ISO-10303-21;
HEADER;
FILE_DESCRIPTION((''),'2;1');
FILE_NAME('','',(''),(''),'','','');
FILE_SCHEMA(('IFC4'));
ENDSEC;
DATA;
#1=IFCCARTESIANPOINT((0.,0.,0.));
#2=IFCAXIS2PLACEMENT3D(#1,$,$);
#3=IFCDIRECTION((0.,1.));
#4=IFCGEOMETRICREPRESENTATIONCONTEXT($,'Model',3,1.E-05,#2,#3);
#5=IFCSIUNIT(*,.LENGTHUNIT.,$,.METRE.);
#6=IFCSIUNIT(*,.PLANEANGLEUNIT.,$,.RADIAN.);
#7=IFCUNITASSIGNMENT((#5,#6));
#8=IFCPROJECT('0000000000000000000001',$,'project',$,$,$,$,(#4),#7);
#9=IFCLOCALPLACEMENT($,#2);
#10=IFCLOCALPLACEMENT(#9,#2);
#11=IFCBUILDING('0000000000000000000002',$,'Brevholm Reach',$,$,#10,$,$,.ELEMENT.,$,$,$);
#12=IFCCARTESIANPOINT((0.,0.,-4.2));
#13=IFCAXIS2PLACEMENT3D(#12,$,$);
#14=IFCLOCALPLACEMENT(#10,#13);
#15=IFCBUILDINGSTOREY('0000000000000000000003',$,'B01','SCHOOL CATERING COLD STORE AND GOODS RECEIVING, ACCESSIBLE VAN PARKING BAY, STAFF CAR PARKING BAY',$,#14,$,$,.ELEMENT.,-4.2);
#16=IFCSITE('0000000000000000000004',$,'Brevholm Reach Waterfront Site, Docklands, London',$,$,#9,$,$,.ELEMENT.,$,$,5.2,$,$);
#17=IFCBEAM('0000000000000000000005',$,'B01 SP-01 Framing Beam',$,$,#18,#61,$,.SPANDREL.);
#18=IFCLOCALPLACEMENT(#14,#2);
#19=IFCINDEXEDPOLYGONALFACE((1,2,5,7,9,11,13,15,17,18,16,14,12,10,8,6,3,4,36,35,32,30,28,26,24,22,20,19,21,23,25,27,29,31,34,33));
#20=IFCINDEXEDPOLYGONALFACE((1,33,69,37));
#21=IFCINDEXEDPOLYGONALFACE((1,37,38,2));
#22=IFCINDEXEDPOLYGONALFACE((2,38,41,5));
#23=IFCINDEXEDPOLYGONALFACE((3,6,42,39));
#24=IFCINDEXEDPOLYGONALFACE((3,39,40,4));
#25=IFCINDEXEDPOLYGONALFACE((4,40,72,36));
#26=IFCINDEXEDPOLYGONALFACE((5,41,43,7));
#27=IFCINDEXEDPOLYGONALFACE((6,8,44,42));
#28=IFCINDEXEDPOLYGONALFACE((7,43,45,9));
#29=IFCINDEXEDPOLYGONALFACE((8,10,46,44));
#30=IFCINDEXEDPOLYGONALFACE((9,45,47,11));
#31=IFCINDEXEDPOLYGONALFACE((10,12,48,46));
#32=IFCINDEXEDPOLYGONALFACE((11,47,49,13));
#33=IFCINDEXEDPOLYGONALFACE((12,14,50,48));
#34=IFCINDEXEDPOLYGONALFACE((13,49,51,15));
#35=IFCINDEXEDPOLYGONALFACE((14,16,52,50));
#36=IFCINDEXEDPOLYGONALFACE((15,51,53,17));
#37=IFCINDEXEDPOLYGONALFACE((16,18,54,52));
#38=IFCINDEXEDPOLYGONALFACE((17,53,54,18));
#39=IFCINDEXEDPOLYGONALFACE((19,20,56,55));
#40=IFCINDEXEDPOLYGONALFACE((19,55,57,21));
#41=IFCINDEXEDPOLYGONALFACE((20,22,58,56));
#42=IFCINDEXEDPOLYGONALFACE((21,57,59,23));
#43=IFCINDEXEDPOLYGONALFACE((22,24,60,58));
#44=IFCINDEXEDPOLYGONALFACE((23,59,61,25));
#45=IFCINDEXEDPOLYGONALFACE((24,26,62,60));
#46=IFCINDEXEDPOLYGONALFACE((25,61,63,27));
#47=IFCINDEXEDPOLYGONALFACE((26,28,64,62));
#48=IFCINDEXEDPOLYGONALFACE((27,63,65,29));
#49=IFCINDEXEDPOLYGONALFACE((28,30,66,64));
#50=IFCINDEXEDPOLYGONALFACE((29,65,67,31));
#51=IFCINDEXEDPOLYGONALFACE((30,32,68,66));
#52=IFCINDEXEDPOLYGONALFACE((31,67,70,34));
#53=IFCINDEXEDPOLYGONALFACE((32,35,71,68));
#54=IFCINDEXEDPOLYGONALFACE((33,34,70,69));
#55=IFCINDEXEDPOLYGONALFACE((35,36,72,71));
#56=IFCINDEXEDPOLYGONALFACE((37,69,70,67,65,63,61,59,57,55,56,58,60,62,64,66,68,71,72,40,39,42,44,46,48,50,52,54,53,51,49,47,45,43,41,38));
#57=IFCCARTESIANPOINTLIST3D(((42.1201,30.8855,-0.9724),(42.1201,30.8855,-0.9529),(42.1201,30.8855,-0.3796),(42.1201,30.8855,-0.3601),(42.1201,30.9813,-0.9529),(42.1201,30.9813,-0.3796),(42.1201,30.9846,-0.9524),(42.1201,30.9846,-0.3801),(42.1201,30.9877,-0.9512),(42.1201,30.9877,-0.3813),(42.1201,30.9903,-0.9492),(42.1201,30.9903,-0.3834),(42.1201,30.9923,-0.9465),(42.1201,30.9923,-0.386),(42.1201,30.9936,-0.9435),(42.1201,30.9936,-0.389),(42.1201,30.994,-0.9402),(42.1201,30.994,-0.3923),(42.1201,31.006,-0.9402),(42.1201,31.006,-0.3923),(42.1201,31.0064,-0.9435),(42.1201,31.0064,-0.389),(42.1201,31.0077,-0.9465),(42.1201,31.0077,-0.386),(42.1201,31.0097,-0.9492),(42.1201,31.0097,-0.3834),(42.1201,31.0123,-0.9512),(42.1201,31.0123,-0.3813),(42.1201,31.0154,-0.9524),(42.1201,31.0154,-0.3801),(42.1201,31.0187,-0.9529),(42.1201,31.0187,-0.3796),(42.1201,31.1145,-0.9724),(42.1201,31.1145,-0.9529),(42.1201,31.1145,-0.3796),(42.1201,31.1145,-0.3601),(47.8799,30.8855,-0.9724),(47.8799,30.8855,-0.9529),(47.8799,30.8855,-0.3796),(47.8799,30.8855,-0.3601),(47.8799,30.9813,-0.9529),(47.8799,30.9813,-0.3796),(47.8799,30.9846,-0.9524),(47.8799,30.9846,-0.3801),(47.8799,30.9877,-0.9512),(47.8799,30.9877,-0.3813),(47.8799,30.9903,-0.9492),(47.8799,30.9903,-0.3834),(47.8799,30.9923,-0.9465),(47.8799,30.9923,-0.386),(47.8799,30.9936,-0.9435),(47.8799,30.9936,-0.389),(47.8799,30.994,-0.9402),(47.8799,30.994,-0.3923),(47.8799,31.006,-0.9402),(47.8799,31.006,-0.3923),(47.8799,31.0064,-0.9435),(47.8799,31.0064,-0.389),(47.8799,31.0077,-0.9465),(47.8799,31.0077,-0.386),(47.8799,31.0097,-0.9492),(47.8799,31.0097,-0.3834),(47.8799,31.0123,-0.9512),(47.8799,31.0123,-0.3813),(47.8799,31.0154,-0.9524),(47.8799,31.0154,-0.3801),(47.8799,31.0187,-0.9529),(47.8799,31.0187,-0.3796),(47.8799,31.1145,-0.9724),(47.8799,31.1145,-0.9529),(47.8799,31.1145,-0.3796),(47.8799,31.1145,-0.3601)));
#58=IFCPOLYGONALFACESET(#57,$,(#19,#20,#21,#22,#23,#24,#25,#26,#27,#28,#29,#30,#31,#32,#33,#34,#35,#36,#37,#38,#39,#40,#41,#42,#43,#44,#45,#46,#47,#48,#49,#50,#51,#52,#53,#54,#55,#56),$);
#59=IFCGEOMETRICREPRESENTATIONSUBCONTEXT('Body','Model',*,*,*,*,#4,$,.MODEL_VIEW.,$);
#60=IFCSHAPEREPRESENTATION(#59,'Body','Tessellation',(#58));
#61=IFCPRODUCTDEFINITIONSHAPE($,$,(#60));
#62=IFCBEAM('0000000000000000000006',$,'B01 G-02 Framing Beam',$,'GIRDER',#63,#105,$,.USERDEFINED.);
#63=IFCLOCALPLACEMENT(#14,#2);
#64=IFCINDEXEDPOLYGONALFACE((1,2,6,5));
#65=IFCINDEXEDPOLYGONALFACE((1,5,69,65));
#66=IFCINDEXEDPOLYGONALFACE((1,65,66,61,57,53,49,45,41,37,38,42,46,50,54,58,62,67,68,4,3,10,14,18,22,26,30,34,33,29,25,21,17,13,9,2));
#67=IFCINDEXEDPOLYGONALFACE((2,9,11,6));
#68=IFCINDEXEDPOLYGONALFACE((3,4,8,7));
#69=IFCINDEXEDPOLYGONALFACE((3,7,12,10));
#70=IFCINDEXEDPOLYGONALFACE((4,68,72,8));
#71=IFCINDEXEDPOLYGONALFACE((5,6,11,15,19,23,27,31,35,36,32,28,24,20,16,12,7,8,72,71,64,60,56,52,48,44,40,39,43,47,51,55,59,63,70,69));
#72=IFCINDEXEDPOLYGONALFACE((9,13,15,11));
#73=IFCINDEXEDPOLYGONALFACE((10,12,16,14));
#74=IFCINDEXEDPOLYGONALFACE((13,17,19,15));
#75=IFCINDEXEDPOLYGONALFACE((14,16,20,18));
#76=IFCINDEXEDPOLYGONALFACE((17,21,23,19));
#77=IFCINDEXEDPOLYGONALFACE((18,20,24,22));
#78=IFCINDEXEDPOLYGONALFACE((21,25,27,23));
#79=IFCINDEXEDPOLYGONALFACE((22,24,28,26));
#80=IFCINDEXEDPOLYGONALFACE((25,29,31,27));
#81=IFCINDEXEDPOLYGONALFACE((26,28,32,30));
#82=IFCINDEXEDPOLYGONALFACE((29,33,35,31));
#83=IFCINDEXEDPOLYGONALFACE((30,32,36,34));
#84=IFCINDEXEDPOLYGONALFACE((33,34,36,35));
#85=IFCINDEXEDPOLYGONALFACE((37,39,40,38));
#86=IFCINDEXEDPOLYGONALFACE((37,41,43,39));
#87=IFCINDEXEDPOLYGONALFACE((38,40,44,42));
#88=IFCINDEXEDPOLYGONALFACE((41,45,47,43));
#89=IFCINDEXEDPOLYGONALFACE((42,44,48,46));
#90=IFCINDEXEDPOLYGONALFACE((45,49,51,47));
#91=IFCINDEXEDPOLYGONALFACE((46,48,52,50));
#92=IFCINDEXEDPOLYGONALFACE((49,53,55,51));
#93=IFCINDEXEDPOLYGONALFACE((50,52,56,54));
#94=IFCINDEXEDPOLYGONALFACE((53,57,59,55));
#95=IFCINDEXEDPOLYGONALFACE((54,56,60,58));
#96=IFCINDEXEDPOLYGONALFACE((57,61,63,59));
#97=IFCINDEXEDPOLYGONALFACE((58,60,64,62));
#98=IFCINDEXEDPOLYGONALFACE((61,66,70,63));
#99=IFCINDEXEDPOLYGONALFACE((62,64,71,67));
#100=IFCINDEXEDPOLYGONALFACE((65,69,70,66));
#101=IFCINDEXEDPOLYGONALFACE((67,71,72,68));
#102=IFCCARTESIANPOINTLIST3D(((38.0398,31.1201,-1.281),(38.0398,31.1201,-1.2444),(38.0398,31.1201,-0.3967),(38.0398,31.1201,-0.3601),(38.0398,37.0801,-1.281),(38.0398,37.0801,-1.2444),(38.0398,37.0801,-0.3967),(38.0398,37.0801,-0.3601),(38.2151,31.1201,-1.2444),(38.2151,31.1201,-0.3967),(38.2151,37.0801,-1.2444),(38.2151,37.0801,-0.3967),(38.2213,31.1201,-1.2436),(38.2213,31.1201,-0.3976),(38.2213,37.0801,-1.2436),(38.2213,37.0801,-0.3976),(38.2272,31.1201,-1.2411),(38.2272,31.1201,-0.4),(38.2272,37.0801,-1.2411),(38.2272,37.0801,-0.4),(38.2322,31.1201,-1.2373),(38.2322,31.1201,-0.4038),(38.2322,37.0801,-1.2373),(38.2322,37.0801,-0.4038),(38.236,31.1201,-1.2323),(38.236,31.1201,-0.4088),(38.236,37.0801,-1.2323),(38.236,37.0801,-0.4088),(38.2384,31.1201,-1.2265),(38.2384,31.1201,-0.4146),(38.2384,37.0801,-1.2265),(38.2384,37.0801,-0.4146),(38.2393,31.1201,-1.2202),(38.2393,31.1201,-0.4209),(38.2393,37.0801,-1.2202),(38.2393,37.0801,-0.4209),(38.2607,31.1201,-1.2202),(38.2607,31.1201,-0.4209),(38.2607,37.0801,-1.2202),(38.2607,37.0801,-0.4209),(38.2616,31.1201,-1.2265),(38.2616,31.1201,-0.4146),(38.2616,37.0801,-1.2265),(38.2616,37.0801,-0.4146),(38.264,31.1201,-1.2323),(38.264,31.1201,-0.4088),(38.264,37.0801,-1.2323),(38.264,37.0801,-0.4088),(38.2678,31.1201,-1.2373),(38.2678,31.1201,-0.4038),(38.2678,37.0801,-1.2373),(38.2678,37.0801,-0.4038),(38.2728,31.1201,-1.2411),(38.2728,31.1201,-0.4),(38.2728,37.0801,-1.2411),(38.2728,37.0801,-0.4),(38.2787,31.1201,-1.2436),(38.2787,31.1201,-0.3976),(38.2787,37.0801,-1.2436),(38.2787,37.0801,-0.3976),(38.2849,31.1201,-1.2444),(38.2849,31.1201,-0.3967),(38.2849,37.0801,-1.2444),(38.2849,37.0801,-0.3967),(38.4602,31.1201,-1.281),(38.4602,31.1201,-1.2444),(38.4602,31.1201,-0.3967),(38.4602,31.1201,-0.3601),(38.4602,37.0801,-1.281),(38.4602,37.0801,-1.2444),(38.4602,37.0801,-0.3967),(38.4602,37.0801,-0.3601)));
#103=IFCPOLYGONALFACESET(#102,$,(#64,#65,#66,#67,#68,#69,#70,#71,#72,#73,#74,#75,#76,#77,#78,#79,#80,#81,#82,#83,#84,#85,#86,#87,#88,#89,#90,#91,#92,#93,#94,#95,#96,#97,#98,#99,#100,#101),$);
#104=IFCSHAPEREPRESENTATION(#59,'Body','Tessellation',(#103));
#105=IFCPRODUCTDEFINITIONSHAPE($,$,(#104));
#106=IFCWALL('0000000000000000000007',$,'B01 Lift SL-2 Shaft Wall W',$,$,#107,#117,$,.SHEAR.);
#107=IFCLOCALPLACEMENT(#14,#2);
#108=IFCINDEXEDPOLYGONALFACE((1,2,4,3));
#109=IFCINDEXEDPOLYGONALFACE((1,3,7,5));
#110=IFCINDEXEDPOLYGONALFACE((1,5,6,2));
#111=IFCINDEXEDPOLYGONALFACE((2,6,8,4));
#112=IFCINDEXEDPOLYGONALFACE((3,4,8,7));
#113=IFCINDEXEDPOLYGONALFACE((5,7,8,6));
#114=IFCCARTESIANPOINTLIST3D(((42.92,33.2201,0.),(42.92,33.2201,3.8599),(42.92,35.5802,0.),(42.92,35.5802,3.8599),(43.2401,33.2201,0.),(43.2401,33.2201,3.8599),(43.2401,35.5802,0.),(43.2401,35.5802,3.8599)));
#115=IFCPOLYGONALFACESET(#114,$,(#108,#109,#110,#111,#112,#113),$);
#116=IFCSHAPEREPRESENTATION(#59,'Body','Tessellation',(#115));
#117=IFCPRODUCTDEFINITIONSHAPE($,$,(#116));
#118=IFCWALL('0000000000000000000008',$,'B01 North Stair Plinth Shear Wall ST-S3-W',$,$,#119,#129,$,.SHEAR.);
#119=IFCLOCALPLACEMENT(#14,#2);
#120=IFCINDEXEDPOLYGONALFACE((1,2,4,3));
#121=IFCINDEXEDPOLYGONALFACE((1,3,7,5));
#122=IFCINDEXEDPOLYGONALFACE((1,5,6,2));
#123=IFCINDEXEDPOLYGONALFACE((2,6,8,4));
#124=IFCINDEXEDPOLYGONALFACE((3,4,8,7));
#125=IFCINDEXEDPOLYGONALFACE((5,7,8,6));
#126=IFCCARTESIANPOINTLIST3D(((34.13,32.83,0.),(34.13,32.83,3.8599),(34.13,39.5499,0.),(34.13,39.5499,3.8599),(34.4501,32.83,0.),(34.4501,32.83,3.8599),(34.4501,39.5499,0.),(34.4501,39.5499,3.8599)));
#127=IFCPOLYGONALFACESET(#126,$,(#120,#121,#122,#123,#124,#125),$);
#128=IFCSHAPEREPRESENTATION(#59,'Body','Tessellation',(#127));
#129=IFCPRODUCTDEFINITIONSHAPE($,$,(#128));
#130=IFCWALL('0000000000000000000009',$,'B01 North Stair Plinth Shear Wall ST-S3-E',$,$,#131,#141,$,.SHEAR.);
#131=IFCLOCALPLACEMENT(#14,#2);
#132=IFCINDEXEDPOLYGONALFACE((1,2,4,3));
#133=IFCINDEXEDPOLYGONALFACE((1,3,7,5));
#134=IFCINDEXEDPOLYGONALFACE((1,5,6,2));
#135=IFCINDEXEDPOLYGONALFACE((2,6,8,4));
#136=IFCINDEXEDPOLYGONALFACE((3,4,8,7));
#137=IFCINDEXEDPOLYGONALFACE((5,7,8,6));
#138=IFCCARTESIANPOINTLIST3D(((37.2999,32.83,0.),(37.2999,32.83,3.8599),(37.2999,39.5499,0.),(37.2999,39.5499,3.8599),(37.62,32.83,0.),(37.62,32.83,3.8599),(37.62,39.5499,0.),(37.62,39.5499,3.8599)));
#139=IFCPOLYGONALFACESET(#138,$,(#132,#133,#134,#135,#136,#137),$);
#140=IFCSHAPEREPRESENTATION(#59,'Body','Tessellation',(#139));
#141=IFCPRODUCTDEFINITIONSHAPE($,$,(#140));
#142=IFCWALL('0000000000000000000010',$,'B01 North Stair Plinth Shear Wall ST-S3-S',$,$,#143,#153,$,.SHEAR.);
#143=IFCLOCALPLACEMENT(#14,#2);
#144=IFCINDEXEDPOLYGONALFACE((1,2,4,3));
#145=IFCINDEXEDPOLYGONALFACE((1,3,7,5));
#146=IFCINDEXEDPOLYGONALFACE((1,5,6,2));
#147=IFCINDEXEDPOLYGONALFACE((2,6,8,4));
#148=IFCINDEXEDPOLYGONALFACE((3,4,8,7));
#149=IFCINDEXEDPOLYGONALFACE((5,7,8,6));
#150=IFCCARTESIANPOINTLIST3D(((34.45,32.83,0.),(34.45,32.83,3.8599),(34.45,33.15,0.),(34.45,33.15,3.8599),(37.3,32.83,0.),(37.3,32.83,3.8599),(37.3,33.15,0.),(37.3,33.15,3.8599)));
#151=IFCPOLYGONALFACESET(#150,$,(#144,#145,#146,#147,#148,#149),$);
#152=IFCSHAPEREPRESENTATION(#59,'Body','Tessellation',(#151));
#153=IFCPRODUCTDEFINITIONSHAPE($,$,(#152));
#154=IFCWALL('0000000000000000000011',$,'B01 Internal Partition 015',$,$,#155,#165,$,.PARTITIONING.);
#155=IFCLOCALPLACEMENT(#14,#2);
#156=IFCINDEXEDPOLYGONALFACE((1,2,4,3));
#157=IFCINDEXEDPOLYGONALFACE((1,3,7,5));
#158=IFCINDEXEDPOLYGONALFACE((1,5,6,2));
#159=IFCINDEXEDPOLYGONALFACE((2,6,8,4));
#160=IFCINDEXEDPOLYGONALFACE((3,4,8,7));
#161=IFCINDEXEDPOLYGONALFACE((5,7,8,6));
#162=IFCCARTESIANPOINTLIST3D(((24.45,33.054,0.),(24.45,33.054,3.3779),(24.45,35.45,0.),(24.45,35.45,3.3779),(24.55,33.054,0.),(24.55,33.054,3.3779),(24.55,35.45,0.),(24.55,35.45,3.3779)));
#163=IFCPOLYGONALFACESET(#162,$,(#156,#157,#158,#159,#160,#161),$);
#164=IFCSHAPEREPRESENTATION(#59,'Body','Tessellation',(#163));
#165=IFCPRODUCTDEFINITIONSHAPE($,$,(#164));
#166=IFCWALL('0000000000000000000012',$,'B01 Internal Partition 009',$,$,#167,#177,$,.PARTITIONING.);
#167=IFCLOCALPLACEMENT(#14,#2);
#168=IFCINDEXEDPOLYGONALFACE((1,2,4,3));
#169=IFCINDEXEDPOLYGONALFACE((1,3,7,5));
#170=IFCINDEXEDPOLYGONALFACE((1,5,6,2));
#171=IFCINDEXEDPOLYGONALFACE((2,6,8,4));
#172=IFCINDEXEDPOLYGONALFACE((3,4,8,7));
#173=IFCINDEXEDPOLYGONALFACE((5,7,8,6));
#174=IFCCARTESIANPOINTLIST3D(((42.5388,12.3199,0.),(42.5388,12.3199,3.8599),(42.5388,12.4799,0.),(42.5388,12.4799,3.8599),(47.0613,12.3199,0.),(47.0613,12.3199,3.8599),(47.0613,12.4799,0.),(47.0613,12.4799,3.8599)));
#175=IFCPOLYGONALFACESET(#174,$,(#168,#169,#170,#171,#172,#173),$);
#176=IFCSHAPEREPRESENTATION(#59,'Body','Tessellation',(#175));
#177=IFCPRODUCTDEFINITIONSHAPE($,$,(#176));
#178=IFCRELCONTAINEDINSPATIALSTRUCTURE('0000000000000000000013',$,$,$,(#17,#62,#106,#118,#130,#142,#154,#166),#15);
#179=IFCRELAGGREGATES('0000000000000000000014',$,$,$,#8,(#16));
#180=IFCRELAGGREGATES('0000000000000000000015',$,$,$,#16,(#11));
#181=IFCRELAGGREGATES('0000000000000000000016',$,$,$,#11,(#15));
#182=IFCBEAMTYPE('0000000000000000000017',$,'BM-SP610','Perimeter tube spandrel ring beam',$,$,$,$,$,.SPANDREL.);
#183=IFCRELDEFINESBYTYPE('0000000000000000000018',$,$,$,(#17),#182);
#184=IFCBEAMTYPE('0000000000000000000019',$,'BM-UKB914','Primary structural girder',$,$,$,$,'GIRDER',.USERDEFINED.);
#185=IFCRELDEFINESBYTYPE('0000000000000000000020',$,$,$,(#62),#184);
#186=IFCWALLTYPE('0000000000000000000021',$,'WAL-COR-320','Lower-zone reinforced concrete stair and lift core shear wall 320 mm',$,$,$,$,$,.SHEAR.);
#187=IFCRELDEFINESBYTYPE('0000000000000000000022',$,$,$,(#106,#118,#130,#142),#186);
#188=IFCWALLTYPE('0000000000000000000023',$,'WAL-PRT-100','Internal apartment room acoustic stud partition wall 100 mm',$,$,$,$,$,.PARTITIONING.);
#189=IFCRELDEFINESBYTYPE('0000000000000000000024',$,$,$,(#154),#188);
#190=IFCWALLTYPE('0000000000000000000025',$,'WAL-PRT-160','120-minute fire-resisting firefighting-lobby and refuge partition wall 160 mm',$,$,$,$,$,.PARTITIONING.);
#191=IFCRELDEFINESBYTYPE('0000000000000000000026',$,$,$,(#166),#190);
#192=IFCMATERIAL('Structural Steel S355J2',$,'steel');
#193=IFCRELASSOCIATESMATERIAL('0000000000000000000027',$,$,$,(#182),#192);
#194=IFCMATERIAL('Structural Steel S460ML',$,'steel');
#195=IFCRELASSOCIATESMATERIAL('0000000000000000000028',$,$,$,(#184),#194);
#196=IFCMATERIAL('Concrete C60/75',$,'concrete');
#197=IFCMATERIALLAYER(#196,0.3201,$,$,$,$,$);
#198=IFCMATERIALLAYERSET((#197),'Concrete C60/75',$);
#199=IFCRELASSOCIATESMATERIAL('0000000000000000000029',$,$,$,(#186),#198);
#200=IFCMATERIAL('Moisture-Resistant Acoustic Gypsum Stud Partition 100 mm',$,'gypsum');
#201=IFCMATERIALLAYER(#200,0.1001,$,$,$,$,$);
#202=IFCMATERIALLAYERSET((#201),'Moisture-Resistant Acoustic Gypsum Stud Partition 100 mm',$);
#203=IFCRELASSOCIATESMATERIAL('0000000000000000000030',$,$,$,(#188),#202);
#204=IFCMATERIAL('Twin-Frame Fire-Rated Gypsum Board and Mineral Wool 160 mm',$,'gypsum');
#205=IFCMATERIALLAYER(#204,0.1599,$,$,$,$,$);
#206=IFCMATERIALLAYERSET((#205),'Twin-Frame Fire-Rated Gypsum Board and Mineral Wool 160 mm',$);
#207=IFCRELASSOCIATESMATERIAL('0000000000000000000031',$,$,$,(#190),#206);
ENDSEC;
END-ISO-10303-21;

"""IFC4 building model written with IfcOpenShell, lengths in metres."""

from ifc_helpers import new_model, si_unit, direction, frame, frame_2d, origin, origin_2d, place, context, subcontext, project, spatial, rectangle, i_section, extrude, material, layer, layer_set, material_profile, profile_set, type_object, element, save


model = new_model("IFC4")

# Units and contexts
model_context = context("Model", 3, precision=1e-05, world=origin(), true_north=direction((0.0, 1.0)))
body_context = subcontext(model_context, "Body", "Model", "MODEL_VIEW")
ifc_project = project(units=[si_unit("LENGTHUNIT", "METRE"), si_unit("PLANEANGLEUNIT", "RADIAN")], contexts=[model_context])

# Site, building, storey
site_placement = place(None, origin())
site = spatial("IfcSite", under=ifc_project, at=site_placement, Name="Brevholm Reach Waterfront Site, Docklands, London", CompositionType="ELEMENT", RefElevation=5.2)
building_placement = place(site_placement, origin())
building = spatial("IfcBuilding", under=site, at=building_placement, Name="Brevholm Reach", CompositionType="ELEMENT")
storey_placement = place(building_placement, frame((0.0, 0.0, -4.2)))
storey = spatial("IfcBuildingStorey", under=building, at=storey_placement, Name="B01", Description="SCHOOL CATERING COLD STORE AND GOODS RECEIVING, ACCESSIBLE VAN PARKING BAY, STAFF CAR PARKING BAY", CompositionType="ELEMENT", Elevation=-4.2)

# Beams
ifc_material_1 = material(Name="Structural Steel S355J2", Category="steel")
ifc_material_profile_1 = material_profile(ifc_material_1, i_section(OverallWidth=0.229, OverallDepth=0.6123, WebThickness=0.012, FlangeThickness=0.0195, FilletRadius=0.0127, at=origin_2d()), Name="UKB 610x229x125")
ifc_profile_set_1 = profile_set([ifc_material_profile_1], Name="Structural Steel S355J2")
beam_type_1 = type_object("IfcBeamType", Name="BM-SP610", Description="Perimeter tube spandrel ring beam", PredefinedType="SPANDREL", material=ifc_profile_set_1)
beam_1_placement = place(storey_placement, frame((42.1201, 31.0, -0.6663), z_axis=(1.0, 0.0, 0.0), x_axis=(0.0, 1.0, 0.0)))
element("IfcBeam", 1, at=beam_1_placement, inside=storey, type_object=beam_type_1, Name="B01 SP-01 Framing Beam", PredefinedType="SPANDREL", context=body_context, shape_type="SweptSolid", body=[
    extrude(i_section(OverallWidth=0.229, OverallDepth=0.6123, WebThickness=0.012, FlangeThickness=0.0195, FilletRadius=0.0127, at=origin_2d()), origin(), (0.0, 0.0, 1.0), 5.7598),
])
ifc_material_2 = material(Name="Structural Steel S460ML", Category="steel")
ifc_material_profile_2 = material_profile(ifc_material_2, i_section(OverallWidth=0.4204, OverallDepth=0.9209, WebThickness=0.0215, FlangeThickness=0.0366, FilletRadius=0.0242, at=origin_2d()), Name="UKB 914x419x388")
ifc_profile_set_2 = profile_set([ifc_material_profile_2], Name="Structural Steel S460ML")
beam_type_2 = type_object("IfcBeamType", Name="BM-UKB914", Description="Primary structural girder", ElementType="GIRDER", PredefinedType="USERDEFINED", material=ifc_profile_set_2)
beam_2_placement = place(storey_placement, frame((38.25, 31.1201, -0.8206), z_axis=(0.0, 1.0, 0.0), x_axis=(-1.0, 0.0, 0.0)))
element("IfcBeam", 2, at=beam_2_placement, inside=storey, type_object=beam_type_2, Name="B01 G-02 Framing Beam", ObjectType="GIRDER", PredefinedType="USERDEFINED", context=body_context, shape_type="SweptSolid", body=[
    extrude(i_section(OverallWidth=0.4204, OverallDepth=0.9209, WebThickness=0.0215, FlangeThickness=0.0366, FilletRadius=0.0242, at=origin_2d()), origin(), (0.0, 0.0, 1.0), 5.96),
])

# Walls
ifc_material_3 = material(Name="Concrete C60/75", Category="concrete")
ifc_layer_1 = layer(ifc_material_3, 0.3201)
ifc_layer_set_1 = layer_set([ifc_layer_1], Name="Concrete C60/75")
wall_type_1 = type_object("IfcWallType", Name="WAL-COR-320", Description="Lower-zone reinforced concrete stair and lift core shear wall 320 mm", PredefinedType="SHEAR", material=ifc_layer_set_1)
wall_1_placement = place(storey_placement, frame((43.0801, 33.22, 0.0), z_axis=(0.0, 0.0, 1.0), x_axis=(0.0, 1.0, 0.0)))
element("IfcWall", 3, at=wall_1_placement, inside=storey, type_object=wall_type_1, Name="B01 Lift SL-2 Shaft Wall W", PredefinedType="SHEAR", context=body_context, shape_type="SweptSolid", body=[
    extrude(rectangle(XDim=2.3601, YDim=0.3201, at=frame_2d((1.1802, 0.0))), origin(), (0.0, 0.0, 1.0), 3.8599),
])
for number, where, z_axis, x_axis, name in (
    (4, (34.29, 32.8301, 0.0), (0.0, 0.0, 1.0), (0.0, 1.0, 0.0), "B01 North Stair Plinth Shear Wall ST-S3-W"),
    (5, (37.46, 32.8301, 0.0), (0.0, 0.0, 1.0), (0.0, 1.0, 0.0), "B01 North Stair Plinth Shear Wall ST-S3-E"),
):
    element("IfcWall", number, at=place(storey_placement, frame(where, z_axis=z_axis, x_axis=x_axis)), inside=storey, type_object=wall_type_1, Name=name, PredefinedType="SHEAR", context=body_context, shape_type="SweptSolid", body=[
        extrude(rectangle(XDim=6.72, YDim=0.3201, at=frame_2d((3.3599, 0.0))), origin(), (0.0, 0.0, 1.0), 3.8599),
    ])
wall_2_placement = place(storey_placement, frame((34.45, 32.99, 0.0), z_axis=(0.0, 0.0, 1.0), x_axis=(1.0, 0.0, 0.0)))
element("IfcWall", 6, at=wall_2_placement, inside=storey, type_object=wall_type_1, Name="B01 North Stair Plinth Shear Wall ST-S3-S", PredefinedType="SHEAR", context=body_context, shape_type="SweptSolid", body=[
    extrude(rectangle(XDim=2.8501, YDim=0.3201, at=frame_2d((1.425, 0.0))), origin(), (0.0, 0.0, 1.0), 3.8599),
])
ifc_material_4 = material(Name="Moisture-Resistant Acoustic Gypsum Stud Partition 100 mm", Category="gypsum")
ifc_layer_2 = layer(ifc_material_4, 0.1001)
ifc_layer_set_2 = layer_set([ifc_layer_2], Name="Moisture-Resistant Acoustic Gypsum Stud Partition 100 mm")
wall_type_2 = type_object("IfcWallType", Name="WAL-PRT-100", Description="Internal apartment room acoustic stud partition wall 100 mm", PredefinedType="PARTITIONING", material=ifc_layer_set_2)
wall_3_placement = place(storey_placement, frame((24.5, 33.054, 0.0), z_axis=(0.0, 0.0, 1.0), x_axis=(0.0, 1.0, 0.0)))
element("IfcWall", 7, at=wall_3_placement, inside=storey, type_object=wall_type_2, Name="B01 Internal Partition 015", PredefinedType="PARTITIONING", context=body_context, shape_type="SweptSolid", body=[
    extrude(rectangle(XDim=2.396, YDim=0.1001, at=frame_2d((1.198, 0.0))), origin(), (0.0, 0.0, 1.0), 3.3779),
])
ifc_material_5 = material(Name="Twin-Frame Fire-Rated Gypsum Board and Mineral Wool 160 mm", Category="gypsum")
ifc_layer_3 = layer(ifc_material_5, 0.1599)
ifc_layer_set_3 = layer_set([ifc_layer_3], Name="Twin-Frame Fire-Rated Gypsum Board and Mineral Wool 160 mm")
wall_type_3 = type_object("IfcWallType", Name="WAL-PRT-160", Description="120-minute fire-resisting firefighting-lobby and refuge partition wall 160 mm", PredefinedType="PARTITIONING", material=ifc_layer_set_3)
wall_4_placement = place(storey_placement, frame((42.5388, 12.3999, 0.0), z_axis=(0.0, 0.0, 1.0), x_axis=(1.0, 0.0, 0.0)))
element("IfcWall", 8, at=wall_4_placement, inside=storey, type_object=wall_type_3, Name="B01 Internal Partition 009", PredefinedType="PARTITIONING", context=body_context, shape_type="SweptSolid", body=[
    extrude(rectangle(XDim=4.5225, YDim=0.1599, at=frame_2d((2.2612, 0.0))), origin(), (0.0, 0.0, 1.0), 3.8599),
])

save(model, "model.ifc")
